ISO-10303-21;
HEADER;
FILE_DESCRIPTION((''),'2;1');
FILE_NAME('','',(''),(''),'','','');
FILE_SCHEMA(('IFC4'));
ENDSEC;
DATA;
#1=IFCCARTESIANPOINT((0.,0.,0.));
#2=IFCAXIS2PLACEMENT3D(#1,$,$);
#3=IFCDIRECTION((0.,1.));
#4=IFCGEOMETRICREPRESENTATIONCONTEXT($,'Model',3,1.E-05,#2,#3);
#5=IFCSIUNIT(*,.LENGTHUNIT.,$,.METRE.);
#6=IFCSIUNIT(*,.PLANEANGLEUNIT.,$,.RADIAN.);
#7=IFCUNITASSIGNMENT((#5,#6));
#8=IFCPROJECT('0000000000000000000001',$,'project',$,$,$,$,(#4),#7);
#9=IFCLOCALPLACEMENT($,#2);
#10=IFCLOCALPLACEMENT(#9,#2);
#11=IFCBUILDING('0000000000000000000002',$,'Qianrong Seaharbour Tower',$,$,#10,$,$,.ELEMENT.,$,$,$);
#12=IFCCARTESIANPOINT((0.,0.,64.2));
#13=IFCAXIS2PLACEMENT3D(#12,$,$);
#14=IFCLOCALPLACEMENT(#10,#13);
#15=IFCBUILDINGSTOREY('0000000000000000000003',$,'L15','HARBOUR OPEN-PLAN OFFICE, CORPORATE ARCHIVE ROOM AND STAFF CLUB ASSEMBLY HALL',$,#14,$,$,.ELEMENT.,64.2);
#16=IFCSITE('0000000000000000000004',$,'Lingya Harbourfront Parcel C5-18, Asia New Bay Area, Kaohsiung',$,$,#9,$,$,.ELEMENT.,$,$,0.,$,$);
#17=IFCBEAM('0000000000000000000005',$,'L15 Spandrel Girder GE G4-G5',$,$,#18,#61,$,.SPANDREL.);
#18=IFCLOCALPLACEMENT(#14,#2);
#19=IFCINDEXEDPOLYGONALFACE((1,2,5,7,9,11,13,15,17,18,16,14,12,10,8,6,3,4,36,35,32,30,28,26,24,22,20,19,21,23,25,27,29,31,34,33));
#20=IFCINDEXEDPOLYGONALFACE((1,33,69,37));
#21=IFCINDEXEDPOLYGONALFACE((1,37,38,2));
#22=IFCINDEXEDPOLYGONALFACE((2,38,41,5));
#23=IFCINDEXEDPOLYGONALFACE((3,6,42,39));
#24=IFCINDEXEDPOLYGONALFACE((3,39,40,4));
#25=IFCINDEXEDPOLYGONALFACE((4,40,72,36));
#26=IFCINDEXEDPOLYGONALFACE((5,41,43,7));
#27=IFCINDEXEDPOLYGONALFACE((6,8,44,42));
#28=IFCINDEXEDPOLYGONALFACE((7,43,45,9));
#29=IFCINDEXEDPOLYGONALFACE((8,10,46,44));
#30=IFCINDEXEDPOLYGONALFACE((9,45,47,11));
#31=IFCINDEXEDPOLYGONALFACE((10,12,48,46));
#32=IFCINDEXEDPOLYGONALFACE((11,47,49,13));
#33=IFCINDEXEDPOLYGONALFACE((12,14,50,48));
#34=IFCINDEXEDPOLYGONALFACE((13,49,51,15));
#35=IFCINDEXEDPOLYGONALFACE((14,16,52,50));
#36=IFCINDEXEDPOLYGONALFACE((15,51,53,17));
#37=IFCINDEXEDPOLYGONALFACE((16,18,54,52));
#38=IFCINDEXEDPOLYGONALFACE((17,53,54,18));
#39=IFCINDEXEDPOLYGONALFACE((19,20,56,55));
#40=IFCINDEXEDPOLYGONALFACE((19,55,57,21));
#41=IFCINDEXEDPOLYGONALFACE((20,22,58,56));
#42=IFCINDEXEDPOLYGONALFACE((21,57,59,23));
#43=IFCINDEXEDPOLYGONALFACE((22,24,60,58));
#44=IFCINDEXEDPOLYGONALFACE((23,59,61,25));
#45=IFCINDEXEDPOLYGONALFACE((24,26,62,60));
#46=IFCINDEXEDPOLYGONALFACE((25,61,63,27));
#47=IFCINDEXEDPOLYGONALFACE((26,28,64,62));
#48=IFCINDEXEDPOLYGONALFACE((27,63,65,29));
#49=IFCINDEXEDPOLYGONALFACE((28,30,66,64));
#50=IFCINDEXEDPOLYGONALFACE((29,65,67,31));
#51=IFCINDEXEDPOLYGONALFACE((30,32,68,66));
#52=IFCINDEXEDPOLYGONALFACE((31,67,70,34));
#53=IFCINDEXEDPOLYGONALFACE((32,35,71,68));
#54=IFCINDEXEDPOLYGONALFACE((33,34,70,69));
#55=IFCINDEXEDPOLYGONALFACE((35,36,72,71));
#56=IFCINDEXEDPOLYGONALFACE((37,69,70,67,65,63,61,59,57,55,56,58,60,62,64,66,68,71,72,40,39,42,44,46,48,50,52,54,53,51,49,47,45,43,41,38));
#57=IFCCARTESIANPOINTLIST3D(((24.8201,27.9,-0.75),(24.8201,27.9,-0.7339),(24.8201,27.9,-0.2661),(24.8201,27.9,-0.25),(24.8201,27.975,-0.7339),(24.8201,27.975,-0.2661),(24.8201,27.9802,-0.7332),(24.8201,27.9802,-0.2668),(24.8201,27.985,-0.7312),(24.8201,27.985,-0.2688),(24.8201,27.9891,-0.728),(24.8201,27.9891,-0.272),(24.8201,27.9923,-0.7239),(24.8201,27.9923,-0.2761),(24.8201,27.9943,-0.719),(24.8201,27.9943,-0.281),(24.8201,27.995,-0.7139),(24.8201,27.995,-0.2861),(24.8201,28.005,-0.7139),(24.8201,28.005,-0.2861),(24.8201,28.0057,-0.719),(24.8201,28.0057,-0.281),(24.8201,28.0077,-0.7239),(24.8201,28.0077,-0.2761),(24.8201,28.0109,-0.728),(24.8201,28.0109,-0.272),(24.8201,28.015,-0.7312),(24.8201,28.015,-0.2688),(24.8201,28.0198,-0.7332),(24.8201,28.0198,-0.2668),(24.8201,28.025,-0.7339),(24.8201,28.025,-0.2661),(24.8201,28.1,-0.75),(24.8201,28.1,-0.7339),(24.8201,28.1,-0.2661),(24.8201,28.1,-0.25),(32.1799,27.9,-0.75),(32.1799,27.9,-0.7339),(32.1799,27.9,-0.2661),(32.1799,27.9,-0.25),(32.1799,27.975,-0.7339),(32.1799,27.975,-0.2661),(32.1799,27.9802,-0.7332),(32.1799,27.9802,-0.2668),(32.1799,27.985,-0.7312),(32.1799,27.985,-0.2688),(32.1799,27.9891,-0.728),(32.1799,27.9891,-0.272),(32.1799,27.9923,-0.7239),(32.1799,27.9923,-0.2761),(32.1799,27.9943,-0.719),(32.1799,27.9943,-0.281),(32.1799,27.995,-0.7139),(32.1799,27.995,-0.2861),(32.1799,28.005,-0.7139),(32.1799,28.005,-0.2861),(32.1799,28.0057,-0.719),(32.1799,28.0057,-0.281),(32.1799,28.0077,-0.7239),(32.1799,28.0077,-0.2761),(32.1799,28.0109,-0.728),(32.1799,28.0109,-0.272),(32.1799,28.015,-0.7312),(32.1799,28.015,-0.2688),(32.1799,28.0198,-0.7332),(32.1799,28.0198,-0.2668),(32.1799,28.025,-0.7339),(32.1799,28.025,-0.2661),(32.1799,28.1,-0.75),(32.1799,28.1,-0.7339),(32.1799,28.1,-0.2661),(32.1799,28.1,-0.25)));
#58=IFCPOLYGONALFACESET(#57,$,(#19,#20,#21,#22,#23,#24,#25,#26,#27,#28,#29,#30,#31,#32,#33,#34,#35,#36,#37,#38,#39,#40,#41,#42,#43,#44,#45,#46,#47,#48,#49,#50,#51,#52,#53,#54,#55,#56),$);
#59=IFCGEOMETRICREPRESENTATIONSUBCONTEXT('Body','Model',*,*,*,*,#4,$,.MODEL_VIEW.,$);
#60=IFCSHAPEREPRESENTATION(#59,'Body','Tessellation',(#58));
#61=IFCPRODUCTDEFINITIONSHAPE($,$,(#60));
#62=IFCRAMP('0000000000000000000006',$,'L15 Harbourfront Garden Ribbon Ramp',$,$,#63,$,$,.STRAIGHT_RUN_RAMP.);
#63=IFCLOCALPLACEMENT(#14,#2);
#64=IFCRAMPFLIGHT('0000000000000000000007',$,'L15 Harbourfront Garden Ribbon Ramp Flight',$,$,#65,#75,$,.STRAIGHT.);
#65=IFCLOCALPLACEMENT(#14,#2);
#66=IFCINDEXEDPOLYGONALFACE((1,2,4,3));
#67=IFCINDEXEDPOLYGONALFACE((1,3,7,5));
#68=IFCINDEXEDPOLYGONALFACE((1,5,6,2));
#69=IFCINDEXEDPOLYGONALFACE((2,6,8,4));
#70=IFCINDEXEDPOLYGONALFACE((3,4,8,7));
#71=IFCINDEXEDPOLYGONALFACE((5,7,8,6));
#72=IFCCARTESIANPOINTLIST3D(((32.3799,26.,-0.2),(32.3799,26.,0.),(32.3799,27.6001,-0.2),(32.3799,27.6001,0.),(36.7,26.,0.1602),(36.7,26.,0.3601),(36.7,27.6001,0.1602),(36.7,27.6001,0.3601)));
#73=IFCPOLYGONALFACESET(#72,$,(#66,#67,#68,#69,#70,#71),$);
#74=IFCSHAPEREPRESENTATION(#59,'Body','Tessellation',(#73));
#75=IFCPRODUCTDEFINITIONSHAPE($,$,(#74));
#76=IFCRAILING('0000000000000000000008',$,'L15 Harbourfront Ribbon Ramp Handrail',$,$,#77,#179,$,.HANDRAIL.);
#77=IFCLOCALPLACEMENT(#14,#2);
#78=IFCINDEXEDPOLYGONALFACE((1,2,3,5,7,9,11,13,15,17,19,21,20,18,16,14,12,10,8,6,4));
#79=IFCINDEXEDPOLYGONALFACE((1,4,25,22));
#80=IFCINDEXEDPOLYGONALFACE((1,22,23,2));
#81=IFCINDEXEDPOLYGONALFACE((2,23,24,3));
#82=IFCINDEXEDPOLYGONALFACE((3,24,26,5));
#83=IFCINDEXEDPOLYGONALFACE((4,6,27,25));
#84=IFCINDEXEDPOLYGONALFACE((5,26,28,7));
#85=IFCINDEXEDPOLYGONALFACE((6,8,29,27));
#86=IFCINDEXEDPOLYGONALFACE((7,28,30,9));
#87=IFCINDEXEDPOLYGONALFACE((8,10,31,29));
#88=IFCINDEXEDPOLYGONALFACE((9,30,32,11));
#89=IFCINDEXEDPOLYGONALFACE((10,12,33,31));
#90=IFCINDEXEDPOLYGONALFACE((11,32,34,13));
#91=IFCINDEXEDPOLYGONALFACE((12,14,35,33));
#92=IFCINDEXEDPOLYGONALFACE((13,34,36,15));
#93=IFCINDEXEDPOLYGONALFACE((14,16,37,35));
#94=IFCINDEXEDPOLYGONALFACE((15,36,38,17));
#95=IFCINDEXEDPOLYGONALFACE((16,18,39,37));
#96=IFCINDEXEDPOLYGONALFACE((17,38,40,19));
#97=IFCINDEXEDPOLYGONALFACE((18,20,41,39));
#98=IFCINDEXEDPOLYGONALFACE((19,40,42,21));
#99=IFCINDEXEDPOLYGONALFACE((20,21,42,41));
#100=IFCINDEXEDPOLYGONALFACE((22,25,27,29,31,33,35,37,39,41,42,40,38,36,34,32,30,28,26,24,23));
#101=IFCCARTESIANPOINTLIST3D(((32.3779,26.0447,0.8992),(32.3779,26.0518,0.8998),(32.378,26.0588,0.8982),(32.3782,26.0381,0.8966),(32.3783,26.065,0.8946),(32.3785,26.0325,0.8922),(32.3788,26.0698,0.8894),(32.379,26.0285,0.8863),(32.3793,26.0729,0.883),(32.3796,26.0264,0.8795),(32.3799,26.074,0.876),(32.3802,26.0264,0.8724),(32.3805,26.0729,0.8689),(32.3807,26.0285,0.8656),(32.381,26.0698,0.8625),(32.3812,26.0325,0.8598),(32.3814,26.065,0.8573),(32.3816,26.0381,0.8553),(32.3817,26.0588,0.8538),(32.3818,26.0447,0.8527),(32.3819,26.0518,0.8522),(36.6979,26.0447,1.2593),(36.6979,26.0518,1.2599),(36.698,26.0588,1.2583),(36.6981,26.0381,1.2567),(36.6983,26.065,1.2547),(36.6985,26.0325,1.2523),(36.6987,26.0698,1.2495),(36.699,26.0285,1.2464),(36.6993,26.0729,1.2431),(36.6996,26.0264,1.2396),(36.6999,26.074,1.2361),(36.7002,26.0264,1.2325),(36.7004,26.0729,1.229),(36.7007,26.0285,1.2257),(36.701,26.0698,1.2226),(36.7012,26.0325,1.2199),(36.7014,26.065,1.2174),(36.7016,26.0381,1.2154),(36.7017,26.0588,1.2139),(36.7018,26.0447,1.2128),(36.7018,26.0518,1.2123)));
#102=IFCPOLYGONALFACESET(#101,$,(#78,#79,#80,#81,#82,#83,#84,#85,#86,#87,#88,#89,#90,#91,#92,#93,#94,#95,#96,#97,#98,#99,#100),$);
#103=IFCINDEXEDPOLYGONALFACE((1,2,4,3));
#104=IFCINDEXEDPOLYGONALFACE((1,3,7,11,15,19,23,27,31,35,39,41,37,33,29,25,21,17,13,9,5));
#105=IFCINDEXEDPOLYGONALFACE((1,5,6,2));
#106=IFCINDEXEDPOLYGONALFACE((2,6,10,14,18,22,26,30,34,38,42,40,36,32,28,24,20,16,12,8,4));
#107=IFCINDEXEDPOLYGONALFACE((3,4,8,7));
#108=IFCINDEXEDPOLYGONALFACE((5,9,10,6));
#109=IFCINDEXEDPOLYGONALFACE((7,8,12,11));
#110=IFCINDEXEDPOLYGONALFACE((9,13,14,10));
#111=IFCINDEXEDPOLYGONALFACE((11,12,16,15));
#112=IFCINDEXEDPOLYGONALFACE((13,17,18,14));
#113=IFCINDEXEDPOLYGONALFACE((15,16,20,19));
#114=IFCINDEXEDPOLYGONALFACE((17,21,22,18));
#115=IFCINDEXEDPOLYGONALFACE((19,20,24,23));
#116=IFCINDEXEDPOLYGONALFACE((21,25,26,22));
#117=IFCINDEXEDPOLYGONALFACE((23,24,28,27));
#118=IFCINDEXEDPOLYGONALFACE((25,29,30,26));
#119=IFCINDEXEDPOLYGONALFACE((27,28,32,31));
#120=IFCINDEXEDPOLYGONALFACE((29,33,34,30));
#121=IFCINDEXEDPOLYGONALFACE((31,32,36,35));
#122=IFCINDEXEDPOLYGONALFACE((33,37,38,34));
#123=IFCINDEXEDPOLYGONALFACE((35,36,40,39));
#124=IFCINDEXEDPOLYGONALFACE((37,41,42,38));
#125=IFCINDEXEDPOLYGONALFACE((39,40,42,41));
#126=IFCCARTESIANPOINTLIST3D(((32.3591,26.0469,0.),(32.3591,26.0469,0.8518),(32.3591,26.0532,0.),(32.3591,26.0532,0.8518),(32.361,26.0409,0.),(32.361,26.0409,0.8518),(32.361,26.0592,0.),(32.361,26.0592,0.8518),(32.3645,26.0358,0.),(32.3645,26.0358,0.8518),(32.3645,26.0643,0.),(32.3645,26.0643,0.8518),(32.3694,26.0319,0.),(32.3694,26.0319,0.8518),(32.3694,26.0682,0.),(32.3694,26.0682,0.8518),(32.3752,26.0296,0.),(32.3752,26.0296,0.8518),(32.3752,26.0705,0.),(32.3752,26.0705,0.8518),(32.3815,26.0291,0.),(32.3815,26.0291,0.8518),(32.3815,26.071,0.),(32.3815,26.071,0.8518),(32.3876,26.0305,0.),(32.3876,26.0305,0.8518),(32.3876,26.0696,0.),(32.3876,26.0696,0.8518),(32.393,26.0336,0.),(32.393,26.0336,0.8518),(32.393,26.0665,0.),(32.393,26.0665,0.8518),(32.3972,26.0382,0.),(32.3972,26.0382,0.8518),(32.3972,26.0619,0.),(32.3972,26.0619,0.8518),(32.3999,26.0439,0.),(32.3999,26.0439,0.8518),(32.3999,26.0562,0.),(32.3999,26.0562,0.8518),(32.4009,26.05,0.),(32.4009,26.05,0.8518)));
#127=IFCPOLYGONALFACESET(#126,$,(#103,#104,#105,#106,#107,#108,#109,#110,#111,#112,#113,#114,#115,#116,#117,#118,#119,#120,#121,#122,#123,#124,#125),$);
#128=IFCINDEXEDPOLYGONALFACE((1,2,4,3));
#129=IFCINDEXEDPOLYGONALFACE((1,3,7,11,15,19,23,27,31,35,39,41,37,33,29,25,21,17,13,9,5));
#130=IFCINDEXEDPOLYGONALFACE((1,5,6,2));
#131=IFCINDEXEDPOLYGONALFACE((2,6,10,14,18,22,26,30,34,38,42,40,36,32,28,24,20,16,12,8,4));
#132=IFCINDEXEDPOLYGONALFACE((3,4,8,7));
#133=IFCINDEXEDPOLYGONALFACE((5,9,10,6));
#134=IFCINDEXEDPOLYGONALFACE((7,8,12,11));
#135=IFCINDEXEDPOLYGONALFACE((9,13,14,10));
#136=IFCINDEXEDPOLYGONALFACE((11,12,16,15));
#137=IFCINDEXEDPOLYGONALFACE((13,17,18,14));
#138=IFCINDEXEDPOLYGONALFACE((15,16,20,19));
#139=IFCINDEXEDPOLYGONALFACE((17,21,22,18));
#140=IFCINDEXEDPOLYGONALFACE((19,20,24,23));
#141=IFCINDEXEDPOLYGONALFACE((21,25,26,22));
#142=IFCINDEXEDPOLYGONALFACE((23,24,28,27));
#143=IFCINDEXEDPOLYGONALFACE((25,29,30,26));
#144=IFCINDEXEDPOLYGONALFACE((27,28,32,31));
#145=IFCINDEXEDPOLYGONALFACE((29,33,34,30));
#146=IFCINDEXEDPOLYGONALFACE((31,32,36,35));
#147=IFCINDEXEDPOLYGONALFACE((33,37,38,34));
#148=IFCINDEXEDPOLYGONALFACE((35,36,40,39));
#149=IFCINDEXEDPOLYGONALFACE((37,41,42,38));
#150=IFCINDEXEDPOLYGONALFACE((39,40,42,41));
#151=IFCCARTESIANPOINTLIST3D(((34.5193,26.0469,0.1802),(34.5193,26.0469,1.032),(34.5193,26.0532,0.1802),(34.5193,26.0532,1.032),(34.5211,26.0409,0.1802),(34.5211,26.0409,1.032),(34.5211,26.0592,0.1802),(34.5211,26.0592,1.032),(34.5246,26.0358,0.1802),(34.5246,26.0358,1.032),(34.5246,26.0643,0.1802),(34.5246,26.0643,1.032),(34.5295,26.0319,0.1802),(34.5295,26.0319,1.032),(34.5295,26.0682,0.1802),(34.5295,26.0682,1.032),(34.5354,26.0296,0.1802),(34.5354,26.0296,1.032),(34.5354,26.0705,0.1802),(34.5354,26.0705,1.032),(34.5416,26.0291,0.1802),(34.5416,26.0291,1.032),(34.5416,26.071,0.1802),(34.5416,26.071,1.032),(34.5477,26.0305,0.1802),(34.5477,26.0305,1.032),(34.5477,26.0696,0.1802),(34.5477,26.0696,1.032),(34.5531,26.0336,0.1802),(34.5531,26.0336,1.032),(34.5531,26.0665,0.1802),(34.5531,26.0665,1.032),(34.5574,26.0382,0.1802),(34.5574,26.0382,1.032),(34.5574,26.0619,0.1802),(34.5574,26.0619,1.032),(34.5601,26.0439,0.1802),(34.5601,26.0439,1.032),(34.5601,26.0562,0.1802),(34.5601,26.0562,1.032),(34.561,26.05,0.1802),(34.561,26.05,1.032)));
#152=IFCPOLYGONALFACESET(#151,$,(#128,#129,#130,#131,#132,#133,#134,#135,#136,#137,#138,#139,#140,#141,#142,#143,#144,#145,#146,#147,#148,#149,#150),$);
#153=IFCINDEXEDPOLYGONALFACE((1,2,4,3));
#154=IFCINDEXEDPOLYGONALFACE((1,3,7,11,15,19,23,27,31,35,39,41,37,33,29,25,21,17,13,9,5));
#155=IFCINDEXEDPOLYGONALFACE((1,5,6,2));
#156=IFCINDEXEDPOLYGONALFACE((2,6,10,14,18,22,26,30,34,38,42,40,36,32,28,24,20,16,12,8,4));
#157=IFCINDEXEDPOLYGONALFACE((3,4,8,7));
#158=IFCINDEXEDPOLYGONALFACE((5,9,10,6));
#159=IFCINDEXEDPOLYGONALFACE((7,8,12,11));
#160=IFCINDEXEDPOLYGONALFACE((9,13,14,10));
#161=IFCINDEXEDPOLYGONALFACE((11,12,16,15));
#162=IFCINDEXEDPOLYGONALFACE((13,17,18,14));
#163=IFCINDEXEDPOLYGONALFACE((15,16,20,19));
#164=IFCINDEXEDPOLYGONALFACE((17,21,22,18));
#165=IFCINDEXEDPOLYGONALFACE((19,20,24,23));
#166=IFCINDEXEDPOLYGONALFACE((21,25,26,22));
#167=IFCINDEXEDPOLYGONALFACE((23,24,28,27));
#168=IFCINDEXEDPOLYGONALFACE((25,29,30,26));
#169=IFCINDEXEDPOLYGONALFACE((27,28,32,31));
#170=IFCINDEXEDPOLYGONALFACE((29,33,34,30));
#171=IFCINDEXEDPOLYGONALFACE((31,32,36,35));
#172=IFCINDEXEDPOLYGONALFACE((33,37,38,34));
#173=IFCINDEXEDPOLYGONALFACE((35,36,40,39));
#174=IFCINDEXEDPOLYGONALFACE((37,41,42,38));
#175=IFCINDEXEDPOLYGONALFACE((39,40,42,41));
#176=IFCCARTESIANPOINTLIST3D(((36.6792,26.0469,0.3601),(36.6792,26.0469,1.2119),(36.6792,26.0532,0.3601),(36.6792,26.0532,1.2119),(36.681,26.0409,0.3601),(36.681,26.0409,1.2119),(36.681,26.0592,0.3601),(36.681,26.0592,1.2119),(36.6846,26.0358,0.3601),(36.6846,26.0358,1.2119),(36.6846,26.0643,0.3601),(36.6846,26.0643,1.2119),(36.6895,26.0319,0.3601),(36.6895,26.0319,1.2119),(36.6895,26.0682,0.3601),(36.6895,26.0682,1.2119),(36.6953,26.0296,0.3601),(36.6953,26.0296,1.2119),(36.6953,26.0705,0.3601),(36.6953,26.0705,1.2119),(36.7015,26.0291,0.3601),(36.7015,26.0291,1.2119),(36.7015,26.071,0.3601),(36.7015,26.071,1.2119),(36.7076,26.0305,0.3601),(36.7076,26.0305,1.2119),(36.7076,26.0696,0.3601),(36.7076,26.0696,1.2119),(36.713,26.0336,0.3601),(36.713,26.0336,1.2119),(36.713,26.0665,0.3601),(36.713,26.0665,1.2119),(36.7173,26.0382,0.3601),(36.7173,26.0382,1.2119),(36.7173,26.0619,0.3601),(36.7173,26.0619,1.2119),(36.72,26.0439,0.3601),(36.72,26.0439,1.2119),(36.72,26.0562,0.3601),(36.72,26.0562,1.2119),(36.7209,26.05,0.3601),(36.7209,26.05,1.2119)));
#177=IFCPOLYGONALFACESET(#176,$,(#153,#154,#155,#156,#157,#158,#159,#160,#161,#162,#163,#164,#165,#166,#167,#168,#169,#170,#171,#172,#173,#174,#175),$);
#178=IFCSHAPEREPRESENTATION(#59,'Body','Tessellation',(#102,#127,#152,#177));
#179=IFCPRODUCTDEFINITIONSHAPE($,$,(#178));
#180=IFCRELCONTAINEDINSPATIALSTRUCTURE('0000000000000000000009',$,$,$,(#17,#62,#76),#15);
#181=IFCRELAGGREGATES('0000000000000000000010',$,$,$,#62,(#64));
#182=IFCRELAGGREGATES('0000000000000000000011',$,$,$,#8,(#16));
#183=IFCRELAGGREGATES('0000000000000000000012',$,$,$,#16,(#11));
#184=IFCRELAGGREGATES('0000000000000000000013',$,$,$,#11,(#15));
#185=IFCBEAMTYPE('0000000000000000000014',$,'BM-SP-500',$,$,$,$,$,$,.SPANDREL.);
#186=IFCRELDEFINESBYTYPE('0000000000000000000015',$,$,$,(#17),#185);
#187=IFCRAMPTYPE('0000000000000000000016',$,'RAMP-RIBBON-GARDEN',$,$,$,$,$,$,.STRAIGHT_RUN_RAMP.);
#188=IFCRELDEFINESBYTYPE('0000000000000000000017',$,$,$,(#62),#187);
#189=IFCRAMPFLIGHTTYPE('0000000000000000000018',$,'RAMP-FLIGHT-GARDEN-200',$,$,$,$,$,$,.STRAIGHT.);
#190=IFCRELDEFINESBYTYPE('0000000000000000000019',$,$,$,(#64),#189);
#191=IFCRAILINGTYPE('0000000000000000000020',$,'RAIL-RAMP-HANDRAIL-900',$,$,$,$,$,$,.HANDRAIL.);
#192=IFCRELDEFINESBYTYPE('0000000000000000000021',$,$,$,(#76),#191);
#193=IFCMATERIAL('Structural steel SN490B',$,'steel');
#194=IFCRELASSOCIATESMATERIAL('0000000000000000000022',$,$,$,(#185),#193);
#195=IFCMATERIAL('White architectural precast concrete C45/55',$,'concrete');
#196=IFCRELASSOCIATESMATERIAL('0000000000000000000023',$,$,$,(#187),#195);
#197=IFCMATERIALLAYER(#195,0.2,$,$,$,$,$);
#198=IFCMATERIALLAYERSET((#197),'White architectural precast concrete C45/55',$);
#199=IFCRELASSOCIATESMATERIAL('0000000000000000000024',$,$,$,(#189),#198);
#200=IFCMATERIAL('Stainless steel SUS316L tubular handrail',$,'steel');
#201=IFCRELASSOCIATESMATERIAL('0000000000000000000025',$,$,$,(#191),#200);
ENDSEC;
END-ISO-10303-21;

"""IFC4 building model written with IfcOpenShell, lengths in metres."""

from ifc_helpers import new_model, si_unit, direction, frame, origin, origin_2d, place, context, subcontext, project, spatial, polyline, circle, i_section, outline, extrude, material, layer, layer_set, material_profile, profile_set, type_object, element, aggregate, save


model = new_model("IFC4")

# Units and contexts
model_context = context("Model", 3, precision=1e-05, world=origin(), true_north=direction((0.0, 1.0)))
body_context = subcontext(model_context, "Body", "Model", "MODEL_VIEW")
ifc_project = project(units=[si_unit("LENGTHUNIT", "METRE"), si_unit("PLANEANGLEUNIT", "RADIAN")], contexts=[model_context])

# Site, building, storey
site_placement = place(None, origin())
site = spatial("IfcSite", under=ifc_project, at=site_placement, Name="Lingya Harbourfront Parcel C5-18, Asia New Bay Area, Kaohsiung", CompositionType="ELEMENT", RefElevation=0.0)
building_placement = place(site_placement, origin())
building = spatial("IfcBuilding", under=site, at=building_placement, Name="Qianrong Seaharbour Tower", CompositionType="ELEMENT")
storey_placement = place(building_placement, frame((0.0, 0.0, 64.2)))
storey = spatial("IfcBuildingStorey", under=building, at=storey_placement, Name="L15", Description="HARBOUR OPEN-PLAN OFFICE, CORPORATE ARCHIVE ROOM AND STAFF CLUB ASSEMBLY HALL", CompositionType="ELEMENT", Elevation=64.2)

# Shared definitions
ifc_material_1 = material(Name="Structural steel SN490B", Category="steel")

# Beam
ifc_material_profile_1 = material_profile(ifc_material_1, i_section(OverallWidth=0.2, OverallDepth=0.5, WebThickness=0.01, FlangeThickness=0.0161, FilletRadius=0.02, at=origin_2d()), Name="H500x200x10x16")
ifc_profile_set_1 = profile_set([ifc_material_profile_1], Name="Structural steel SN490B")
beam_type_1 = type_object("IfcBeamType", Name="BM-SP-500", PredefinedType="SPANDREL", material=ifc_profile_set_1)
for number, where, z_axis, x_axis, name in (
    (1, (24.8201, 28.0, -0.5), (1.0, 0.0, 0.0), (0.0, 1.0, 0.0), "L15 Spandrel Girder GE G4-G5"),
):
    element("IfcBeam", number, at=place(storey_placement, frame(where, z_axis=z_axis, x_axis=x_axis)), inside=storey, type_object=beam_type_1, Name=name, PredefinedType="SPANDREL", context=body_context, shape_type="SweptSolid", body=[
        extrude(i_section(OverallWidth=0.2, OverallDepth=0.5, WebThickness=0.01, FlangeThickness=0.0161, FilletRadius=0.02, at=origin_2d()), origin(), (0.0, 0.0, 1.0), 7.3599),
    ])

# Ramp, ramp flight
ifc_material_2 = material(Name="White architectural precast concrete C45/55", Category="concrete")
ramp_type = type_object("IfcRampType", Name="RAMP-RIBBON-GARDEN", PredefinedType="STRAIGHT_RUN_RAMP", material=ifc_material_2)
ramp_placement = place(storey_placement, origin())
ramp = element("IfcRamp", 2, at=ramp_placement, inside=storey, type_object=ramp_type, Name="L15 Harbourfront Garden Ribbon Ramp", PredefinedType="STRAIGHT_RUN_RAMP")
ifc_layer = layer(ifc_material_2, 0.2)
ifc_layer_set = layer_set([ifc_layer], Name="White architectural precast concrete C45/55")
ramp_flight_type = type_object("IfcRampFlightType", Name="RAMP-FLIGHT-GARDEN-200", PredefinedType="STRAIGHT", material=ifc_layer_set)
ramp_flight_placement = place(storey_placement, frame((32.3799, 26.8, 0.0), z_axis=(0.0, 0.0, 1.0), x_axis=(1.0, 0.0, 0.0)))
ramp_flight = element("IfcRampFlight", 3, at=ramp_flight_placement, type_object=ramp_flight_type, Name="L15 Harbourfront Garden Ribbon Ramp Flight", PredefinedType="STRAIGHT", context=body_context, shape_type="SweptSolid", body=[
    extrude(outline(polyline([(0.0, 0.0), (4.3201, 0.3601), (4.3201, 0.1602), (0.0, -0.2), (0.0, 0.0)])), frame((0.0, 0.8, 0.0), z_axis=(0.0, -1.0, 0.0), x_axis=(1.0, 0.0, 0.0)), (0.0, 0.0, 1.0), 1.6001),
])
aggregate(ramp, [ramp_flight])

# Railing
ifc_material_3 = material(Name="Stainless steel SUS316L tubular handrail", Category="steel")
railing_type = type_object("IfcRailingType", Name="RAIL-RAMP-HANDRAIL-900", PredefinedType="HANDRAIL", material=ifc_material_3)
railing_placement = place(storey_placement, frame((32.3799, 26.05, 0.0)))
element("IfcRailing", 4, at=railing_placement, inside=storey, type_object=railing_type, Name="L15 Harbourfront Ribbon Ramp Handrail", PredefinedType="HANDRAIL", context=body_context, shape_type="SweptSolid", body=[
    extrude(circle(Radius=0.0239, at=origin_2d()), frame((0.0, 0.0, 0.876), z_axis=(0.996544, 0.0, 0.083069), x_axis=(0.0, 1.0, 0.0)), (0.0, 0.0, 1.0), 4.335),
    extrude(circle(Radius=0.021, at=origin_2d()), origin(), (0.0, 0.0, 1.0), 0.8518),
    extrude(circle(Radius=0.021, at=origin_2d()), frame((2.1602, 0.0, 0.1802)), (0.0, 0.0, 1.0), 0.8518),
    extrude(circle(Radius=0.021, at=origin_2d()), frame((4.3201, 0.0, 0.3601)), (0.0, 0.0, 1.0), 0.8518),
])

save(model, "model.ifc")
